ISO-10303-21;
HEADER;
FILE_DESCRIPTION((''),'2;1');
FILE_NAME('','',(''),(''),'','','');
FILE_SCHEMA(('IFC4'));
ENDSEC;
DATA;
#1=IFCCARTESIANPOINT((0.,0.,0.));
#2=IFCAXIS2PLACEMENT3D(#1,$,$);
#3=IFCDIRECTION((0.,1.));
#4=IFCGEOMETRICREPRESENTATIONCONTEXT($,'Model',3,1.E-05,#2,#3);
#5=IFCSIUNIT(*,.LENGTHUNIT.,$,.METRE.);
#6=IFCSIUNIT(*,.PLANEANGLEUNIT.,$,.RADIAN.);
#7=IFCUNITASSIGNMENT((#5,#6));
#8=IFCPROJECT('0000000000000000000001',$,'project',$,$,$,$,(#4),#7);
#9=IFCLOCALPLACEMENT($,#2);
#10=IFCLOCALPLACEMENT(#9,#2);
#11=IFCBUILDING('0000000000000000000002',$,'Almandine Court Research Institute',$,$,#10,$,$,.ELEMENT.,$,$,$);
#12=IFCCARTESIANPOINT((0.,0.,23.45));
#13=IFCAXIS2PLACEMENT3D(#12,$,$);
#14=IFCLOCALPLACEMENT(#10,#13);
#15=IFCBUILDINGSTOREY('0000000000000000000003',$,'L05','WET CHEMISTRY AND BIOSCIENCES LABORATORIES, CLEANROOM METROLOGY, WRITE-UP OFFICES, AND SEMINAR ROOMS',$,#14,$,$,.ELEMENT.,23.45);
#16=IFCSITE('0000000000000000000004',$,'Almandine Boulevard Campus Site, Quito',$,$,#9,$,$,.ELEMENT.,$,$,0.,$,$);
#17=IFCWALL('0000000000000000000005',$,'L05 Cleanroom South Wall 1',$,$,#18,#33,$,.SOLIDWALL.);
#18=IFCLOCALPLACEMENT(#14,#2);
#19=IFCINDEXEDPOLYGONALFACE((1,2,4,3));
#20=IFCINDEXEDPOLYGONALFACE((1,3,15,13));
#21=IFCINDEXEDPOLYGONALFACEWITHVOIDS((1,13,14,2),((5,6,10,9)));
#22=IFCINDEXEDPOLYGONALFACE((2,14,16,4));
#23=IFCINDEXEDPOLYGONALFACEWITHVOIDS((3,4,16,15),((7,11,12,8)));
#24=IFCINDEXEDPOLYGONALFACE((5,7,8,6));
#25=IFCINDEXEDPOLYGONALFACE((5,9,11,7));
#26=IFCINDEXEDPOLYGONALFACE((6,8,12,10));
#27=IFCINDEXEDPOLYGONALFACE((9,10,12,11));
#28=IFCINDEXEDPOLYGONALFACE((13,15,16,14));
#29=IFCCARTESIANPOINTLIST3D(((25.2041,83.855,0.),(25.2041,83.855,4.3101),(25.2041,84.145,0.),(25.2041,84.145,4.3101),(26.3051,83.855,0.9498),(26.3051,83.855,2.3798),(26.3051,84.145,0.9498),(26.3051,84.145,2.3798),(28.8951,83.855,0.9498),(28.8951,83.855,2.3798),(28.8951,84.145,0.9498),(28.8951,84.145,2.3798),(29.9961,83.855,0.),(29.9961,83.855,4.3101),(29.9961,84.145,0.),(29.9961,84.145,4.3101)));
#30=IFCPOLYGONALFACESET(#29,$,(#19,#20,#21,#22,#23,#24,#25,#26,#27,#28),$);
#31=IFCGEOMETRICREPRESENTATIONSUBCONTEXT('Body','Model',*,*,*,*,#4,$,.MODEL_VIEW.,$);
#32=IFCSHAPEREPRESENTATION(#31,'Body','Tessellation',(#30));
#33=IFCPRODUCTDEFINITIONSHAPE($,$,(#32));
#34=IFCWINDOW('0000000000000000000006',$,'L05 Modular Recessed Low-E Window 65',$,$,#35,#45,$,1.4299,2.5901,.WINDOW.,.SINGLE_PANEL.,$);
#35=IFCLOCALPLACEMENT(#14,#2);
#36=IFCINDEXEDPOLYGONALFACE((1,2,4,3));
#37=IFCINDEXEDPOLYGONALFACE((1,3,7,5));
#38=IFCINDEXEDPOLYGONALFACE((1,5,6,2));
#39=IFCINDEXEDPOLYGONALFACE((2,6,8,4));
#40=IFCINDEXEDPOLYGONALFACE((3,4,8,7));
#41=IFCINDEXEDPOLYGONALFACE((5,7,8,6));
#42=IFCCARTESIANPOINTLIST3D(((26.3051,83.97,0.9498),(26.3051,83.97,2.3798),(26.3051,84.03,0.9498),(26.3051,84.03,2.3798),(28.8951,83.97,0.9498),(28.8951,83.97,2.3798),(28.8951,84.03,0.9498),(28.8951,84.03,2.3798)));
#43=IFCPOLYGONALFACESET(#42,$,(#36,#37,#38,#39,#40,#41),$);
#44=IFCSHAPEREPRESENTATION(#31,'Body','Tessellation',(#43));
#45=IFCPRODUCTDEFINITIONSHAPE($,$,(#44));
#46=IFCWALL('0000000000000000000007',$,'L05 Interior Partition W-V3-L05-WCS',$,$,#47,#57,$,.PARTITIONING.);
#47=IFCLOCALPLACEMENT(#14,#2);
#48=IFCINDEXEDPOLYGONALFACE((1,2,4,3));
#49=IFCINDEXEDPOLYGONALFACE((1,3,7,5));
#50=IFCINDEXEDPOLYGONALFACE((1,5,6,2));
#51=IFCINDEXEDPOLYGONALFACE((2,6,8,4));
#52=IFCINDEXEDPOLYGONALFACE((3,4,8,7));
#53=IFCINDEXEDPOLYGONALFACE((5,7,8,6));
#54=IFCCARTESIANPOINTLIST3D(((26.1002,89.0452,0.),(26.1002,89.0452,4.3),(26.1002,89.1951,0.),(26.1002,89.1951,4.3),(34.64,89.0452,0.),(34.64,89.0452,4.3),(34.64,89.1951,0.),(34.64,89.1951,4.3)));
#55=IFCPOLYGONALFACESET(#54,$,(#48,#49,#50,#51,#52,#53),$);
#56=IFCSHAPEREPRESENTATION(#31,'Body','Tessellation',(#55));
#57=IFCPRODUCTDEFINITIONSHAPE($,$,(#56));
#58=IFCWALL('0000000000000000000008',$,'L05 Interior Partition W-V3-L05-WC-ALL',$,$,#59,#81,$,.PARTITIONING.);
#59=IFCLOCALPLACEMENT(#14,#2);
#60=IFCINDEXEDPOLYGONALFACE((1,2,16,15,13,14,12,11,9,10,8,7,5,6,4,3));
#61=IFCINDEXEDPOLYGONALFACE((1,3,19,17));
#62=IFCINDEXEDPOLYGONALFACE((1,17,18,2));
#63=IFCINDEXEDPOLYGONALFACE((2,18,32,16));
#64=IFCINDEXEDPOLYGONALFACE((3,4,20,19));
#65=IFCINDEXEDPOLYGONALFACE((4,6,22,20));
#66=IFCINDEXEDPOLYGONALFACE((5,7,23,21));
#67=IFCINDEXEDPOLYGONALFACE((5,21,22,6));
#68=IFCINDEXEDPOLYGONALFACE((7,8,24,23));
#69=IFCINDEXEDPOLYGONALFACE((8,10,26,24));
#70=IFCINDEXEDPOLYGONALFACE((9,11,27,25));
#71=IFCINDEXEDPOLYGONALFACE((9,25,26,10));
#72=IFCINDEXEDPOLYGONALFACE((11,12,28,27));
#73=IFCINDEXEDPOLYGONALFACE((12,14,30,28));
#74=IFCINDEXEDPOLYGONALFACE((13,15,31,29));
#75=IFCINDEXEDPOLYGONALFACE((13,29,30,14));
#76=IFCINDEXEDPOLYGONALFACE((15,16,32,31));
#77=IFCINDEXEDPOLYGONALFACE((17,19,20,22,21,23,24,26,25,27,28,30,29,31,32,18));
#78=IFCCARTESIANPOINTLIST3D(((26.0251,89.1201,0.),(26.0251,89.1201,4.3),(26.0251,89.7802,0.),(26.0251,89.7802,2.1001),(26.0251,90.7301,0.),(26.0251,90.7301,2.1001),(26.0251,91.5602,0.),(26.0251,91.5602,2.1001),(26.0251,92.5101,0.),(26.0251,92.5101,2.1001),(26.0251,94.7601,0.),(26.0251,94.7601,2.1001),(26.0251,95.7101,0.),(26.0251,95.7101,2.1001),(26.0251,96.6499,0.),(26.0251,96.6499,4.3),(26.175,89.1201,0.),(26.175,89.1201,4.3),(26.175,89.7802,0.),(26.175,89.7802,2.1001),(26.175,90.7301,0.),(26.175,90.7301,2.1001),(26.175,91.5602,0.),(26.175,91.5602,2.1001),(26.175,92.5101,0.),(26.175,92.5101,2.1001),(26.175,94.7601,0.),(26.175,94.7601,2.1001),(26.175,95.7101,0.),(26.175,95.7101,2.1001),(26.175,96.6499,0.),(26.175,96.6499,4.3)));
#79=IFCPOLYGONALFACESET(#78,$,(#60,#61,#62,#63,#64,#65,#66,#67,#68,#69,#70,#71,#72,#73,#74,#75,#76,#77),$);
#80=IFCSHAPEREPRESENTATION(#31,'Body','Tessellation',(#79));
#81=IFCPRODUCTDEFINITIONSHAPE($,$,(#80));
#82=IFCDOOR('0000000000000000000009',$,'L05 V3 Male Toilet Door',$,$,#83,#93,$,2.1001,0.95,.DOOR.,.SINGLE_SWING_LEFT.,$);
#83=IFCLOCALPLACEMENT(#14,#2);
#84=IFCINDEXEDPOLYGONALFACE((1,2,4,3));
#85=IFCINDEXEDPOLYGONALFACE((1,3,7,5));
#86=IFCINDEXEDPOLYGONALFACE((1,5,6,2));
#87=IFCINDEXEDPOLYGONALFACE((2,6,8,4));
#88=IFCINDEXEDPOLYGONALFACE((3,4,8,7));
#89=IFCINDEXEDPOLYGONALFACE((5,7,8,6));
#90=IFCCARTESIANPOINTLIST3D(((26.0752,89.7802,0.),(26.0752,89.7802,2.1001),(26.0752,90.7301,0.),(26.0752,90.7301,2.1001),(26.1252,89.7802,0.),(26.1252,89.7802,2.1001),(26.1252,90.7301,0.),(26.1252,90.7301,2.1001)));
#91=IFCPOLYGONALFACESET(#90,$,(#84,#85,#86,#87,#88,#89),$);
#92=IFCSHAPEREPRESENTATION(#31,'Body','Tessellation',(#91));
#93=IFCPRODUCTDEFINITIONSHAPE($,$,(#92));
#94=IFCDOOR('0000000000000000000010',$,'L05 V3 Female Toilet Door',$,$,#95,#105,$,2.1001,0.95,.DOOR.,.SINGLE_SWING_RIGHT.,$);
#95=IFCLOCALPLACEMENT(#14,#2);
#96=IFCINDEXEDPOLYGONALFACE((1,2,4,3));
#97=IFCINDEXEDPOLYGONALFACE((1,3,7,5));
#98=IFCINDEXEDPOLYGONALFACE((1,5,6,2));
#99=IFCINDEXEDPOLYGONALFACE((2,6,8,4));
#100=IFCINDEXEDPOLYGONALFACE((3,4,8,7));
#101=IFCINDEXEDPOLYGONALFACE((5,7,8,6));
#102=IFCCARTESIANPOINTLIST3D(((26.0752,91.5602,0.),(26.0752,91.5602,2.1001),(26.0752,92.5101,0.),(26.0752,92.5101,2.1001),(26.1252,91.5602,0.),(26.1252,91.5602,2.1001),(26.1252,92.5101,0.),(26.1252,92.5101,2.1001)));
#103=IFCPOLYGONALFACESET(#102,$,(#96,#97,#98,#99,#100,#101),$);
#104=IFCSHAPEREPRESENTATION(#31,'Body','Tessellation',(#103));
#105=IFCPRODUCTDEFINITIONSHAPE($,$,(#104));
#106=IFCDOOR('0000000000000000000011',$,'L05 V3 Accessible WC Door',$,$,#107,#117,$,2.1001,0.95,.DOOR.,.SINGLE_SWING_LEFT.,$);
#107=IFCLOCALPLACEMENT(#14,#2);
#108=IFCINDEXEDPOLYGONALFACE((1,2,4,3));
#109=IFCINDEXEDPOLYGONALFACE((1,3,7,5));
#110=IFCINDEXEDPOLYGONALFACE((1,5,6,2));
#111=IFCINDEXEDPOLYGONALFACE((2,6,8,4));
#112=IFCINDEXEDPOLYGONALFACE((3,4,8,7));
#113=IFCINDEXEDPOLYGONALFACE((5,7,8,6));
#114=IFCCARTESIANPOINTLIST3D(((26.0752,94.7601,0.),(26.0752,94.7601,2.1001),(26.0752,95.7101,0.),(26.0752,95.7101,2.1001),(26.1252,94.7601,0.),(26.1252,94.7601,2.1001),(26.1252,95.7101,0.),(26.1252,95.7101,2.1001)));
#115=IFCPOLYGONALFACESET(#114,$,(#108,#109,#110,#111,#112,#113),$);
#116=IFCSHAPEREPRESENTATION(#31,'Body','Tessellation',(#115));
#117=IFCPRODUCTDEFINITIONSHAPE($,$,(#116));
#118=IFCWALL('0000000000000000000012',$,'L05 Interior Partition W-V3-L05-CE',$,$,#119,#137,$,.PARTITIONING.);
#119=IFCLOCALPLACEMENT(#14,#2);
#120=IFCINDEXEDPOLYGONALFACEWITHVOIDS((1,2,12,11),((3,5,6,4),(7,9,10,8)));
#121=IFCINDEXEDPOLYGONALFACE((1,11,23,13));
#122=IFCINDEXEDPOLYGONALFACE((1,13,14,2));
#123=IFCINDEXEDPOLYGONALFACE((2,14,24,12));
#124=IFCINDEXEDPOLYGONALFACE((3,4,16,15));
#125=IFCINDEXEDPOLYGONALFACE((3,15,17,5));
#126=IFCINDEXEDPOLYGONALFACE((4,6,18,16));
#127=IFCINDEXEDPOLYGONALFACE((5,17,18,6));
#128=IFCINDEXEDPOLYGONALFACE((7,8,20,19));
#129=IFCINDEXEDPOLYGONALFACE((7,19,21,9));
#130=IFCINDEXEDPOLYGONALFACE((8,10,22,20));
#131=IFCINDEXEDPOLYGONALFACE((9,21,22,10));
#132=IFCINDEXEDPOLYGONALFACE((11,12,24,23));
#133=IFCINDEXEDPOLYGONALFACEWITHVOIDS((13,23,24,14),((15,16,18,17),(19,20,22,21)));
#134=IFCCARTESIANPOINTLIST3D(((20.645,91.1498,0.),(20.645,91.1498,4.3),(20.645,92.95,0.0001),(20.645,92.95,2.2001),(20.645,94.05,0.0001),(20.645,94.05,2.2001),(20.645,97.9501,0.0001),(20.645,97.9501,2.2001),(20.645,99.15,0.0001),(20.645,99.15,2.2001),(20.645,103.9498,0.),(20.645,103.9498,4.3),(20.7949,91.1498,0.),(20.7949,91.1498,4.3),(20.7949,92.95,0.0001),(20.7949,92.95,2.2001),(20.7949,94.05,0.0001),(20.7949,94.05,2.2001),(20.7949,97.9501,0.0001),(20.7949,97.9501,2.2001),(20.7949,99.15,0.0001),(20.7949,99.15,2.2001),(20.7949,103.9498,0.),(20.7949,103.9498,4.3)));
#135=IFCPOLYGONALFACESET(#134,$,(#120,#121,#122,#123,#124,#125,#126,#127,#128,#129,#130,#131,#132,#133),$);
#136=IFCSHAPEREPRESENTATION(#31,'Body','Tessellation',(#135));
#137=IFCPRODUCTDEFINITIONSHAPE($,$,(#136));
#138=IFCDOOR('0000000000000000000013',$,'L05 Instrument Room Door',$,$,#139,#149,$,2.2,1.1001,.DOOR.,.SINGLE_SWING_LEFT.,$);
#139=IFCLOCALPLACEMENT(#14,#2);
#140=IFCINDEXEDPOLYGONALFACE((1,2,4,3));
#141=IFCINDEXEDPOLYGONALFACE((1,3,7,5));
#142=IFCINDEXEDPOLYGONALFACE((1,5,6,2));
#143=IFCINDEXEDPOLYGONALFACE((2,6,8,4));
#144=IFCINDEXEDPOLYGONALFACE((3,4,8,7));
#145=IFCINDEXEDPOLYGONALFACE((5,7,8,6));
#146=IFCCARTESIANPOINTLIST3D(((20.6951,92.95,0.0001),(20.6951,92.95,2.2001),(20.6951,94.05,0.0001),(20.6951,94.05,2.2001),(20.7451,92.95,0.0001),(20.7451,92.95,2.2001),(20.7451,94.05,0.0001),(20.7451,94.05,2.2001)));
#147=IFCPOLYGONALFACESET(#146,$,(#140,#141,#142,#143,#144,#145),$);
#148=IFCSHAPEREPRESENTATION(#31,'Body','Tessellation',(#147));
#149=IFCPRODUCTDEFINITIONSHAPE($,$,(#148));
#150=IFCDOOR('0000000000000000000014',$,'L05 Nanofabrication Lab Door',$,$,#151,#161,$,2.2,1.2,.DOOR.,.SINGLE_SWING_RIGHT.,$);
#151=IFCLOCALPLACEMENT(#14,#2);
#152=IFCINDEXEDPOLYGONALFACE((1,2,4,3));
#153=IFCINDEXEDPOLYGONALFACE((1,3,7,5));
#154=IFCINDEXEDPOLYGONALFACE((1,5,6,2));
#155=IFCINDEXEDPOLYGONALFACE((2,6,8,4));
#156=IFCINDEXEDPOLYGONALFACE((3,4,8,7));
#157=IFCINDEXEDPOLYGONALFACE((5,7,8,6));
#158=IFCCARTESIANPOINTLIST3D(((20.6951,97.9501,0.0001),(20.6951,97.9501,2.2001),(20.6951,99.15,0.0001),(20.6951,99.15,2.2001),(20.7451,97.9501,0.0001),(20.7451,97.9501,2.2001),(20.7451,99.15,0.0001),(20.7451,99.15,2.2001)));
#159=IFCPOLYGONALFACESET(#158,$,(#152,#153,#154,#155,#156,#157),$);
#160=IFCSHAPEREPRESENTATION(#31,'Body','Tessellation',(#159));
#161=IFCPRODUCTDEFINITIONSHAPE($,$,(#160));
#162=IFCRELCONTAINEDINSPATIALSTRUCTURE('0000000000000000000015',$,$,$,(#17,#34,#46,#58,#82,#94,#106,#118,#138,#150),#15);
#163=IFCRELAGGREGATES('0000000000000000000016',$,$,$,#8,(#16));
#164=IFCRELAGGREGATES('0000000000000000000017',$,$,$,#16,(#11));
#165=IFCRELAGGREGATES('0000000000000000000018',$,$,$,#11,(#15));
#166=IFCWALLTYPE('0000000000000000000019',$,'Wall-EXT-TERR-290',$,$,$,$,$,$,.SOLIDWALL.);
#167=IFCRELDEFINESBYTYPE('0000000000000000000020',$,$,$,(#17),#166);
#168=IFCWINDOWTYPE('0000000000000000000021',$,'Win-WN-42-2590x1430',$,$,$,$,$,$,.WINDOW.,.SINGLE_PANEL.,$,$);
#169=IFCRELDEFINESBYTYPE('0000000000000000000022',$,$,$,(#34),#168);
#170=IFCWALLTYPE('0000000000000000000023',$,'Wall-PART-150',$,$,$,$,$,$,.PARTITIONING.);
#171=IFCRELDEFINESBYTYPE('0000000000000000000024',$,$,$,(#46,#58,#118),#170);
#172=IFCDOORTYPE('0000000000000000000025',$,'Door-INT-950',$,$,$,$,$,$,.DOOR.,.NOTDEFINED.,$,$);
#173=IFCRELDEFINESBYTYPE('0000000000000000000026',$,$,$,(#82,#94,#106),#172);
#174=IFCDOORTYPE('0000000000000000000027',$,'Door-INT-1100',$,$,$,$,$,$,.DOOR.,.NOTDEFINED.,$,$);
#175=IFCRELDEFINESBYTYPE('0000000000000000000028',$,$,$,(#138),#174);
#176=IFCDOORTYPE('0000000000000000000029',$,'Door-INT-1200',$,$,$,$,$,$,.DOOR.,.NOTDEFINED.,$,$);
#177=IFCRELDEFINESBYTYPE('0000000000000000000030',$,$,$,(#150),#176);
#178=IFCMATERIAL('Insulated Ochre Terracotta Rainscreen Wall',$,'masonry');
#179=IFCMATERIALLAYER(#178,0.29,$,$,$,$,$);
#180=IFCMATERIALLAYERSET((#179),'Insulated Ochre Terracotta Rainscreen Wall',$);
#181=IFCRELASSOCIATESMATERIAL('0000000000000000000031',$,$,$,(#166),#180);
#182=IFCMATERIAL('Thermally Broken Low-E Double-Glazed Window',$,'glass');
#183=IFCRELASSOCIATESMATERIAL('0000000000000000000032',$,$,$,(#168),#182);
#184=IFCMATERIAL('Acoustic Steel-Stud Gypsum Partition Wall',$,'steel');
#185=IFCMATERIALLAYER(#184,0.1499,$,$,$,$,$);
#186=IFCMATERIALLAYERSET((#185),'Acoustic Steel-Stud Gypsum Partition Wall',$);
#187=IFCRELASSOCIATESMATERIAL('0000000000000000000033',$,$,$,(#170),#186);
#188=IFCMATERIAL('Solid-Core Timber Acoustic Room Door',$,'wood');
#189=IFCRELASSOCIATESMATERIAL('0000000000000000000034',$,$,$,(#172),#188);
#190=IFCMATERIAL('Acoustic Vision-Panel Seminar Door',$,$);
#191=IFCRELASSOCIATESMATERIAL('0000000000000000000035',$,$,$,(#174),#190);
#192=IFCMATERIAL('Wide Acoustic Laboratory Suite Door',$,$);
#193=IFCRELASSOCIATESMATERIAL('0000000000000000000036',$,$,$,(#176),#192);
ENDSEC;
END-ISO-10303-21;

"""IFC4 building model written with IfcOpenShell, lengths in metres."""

from ifc_helpers import new_model, si_unit, direction, frame, frame_2d, origin, place, context, subcontext, project, spatial, rectangle, extrude, material, layer, layer_set, type_object, element, fill, save


model = new_model("IFC4")

# Units and contexts
model_context = context("Model", 3, precision=1e-05, world=origin(), true_north=direction((0.0, 1.0)))
body_context = subcontext(model_context, "Body", "Model", "MODEL_VIEW")
ifc_project = project(units=[si_unit("LENGTHUNIT", "METRE"), si_unit("PLANEANGLEUNIT", "RADIAN")], contexts=[model_context])

# Site, building, storey
site_placement = place(None, origin())
site = spatial("IfcSite", under=ifc_project, at=site_placement, Name="Almandine Boulevard Campus Site, Quito", CompositionType="ELEMENT", RefElevation=0.0)
building_placement = place(site_placement, origin())
building = spatial("IfcBuilding", under=site, at=building_placement, Name="Almandine Court Research Institute", CompositionType="ELEMENT")
storey_placement = place(building_placement, frame((0.0, 0.0, 23.45)))
storey = spatial("IfcBuildingStorey", under=building, at=storey_placement, Name="L05", Description="WET CHEMISTRY AND BIOSCIENCES LABORATORIES, CLEANROOM METROLOGY, WRITE-UP OFFICES, AND SEMINAR ROOMS", CompositionType="ELEMENT", Elevation=23.45)

# Wall, opening, window
ifc_material_1 = material(Name="Insulated Ochre Terracotta Rainscreen Wall", Category="masonry")
ifc_layer_1 = layer(ifc_material_1, 0.29)
ifc_layer_set_1 = layer_set([ifc_layer_1], Name="Insulated Ochre Terracotta Rainscreen Wall")
wall_type_1 = type_object("IfcWallType", Name="Wall-EXT-TERR-290", PredefinedType="SOLIDWALL", material=ifc_layer_set_1)
wall_1_placement = place(storey_placement, frame((29.9961, 84.0, 0.0), z_axis=(0.0, 0.0, 1.0), x_axis=(-1.0, 0.0, 0.0)))
wall_1 = element("IfcWall", 1, at=wall_1_placement, inside=storey, type_object=wall_type_1, Name="L05 Cleanroom South Wall 1", PredefinedType="SOLIDWALL", context=body_context, shape_type="SweptSolid", body=[
    extrude(rectangle(XDim=4.792, YDim=0.29, at=frame_2d((2.396, 0.0))), origin(), (0.0, 0.0, 1.0), 4.3101),
])
opening_1_placement = place(wall_1_placement, frame((1.1011, 0.0, 0.95)))
opening_1 = element("IfcOpeningElement", 2, at=opening_1_placement, cuts=wall_1, PredefinedType="OPENING", context=body_context, shape_type="SweptSolid", body=[
    extrude(rectangle(XDim=2.5901, YDim=1.4299, at=frame_2d((1.2949, 0.7148))), frame((0.0, 0.155, 0.0), z_axis=(0.0, -1.0, 0.0), x_axis=(1.0, 0.0, 0.0)), (0.0, 0.0, 1.0), 0.3101),
])
ifc_material_2 = material(Name="Thermally Broken Low-E Double-Glazed Window", Category="glass")
window_type = type_object("IfcWindowType", Name="Win-WN-42-2590x1430", PartitioningType="SINGLE_PANEL", PredefinedType="WINDOW", material=ifc_material_2)
window_placement = place(opening_1_placement, origin())
window = element("IfcWindow", 3, at=window_placement, inside=storey, type_object=window_type, Name="L05 Modular Recessed Low-E Window 65", OverallHeight=1.4299, OverallWidth=2.5901, PartitioningType="SINGLE_PANEL", PredefinedType="WINDOW", context=body_context, shape_type="SweptSolid", body=[
    extrude(rectangle(XDim=2.5901, YDim=1.4299, at=frame_2d((1.2949, 0.7148))), frame((0.0, 0.03, 0.0), z_axis=(0.0, -1.0, 0.0), x_axis=(1.0, 0.0, 0.0)), (0.0, 0.0, 1.0), 0.0601),
])
fill(opening_1, window)

# Wall
ifc_material_3 = material(Name="Acoustic Steel-Stud Gypsum Partition Wall", Category="steel")
ifc_layer_2 = layer(ifc_material_3, 0.1499)
ifc_layer_set_2 = layer_set([ifc_layer_2], Name="Acoustic Steel-Stud Gypsum Partition Wall")
wall_type_2 = type_object("IfcWallType", Name="Wall-PART-150", PredefinedType="PARTITIONING", material=ifc_layer_set_2)
wall_2_placement = place(storey_placement, frame((26.1001, 89.1201, 0.0), z_axis=(0.0, 0.0, 1.0), x_axis=(1.0, 0.0, 0.0)))
element("IfcWall", 4, at=wall_2_placement, inside=storey, type_object=wall_type_2, Name="L05 Interior Partition W-V3-L05-WCS", PredefinedType="PARTITIONING", context=body_context, shape_type="SweptSolid", body=[
    extrude(rectangle(XDim=8.5398, YDim=0.1499, at=frame_2d((4.27, 0.0))), origin(), (0.0, 0.0, 1.0), 4.3),
])

# Walls, openings, doors
wall_3_placement = place(storey_placement, frame((26.1001, 89.1201, 0.0), z_axis=(0.0, 0.0, 1.0), x_axis=(0.0, 1.0, 0.0)))
wall_3 = element("IfcWall", 5, at=wall_3_placement, inside=storey, type_object=wall_type_2, Name="L05 Interior Partition W-V3-L05-WC-ALL", PredefinedType="PARTITIONING", context=body_context, shape_type="SweptSolid", body=[
    extrude(rectangle(XDim=7.5298, YDim=0.1499, at=frame_2d((3.7649, 0.0))), origin(), (0.0, 0.0, 1.0), 4.3),
])
opening_2_placement = place(wall_3_placement, frame((0.6599, 0.0, 0.0)))
opening_2 = element("IfcOpeningElement", 6, at=opening_2_placement, cuts=wall_3, PredefinedType="OPENING", context=body_context, shape_type="SweptSolid", body=[
    extrude(rectangle(XDim=0.95, YDim=2.1001, at=frame_2d((0.4751, 1.05))), frame((0.0, 0.085, 0.0), z_axis=(0.0, -1.0, 0.0), x_axis=(1.0, 0.0, 0.0)), (0.0, 0.0, 1.0), 0.1699),
])
opening_3_placement = place(wall_3_placement, frame((2.4399, 0.0, 0.0)))
opening_3 = element("IfcOpeningElement", 7, at=opening_3_placement, cuts=wall_3, PredefinedType="OPENING", context=body_context, shape_type="SweptSolid", body=[
    extrude(rectangle(XDim=0.95, YDim=2.1001, at=frame_2d((0.4751, 1.05))), frame((0.0, 0.085, 0.0), z_axis=(0.0, -1.0, 0.0), x_axis=(1.0, 0.0, 0.0)), (0.0, 0.0, 1.0), 0.1699),
])
opening_4_placement = place(wall_3_placement, frame((5.6399, 0.0, 0.0)))
opening_4 = element("IfcOpeningElement", 8, at=opening_4_placement, cuts=wall_3, PredefinedType="OPENING", context=body_context, shape_type="SweptSolid", body=[
    extrude(rectangle(XDim=0.95, YDim=2.1001, at=frame_2d((0.4751, 1.05))), frame((0.0, 0.085, 0.0), z_axis=(0.0, -1.0, 0.0), x_axis=(1.0, 0.0, 0.0)), (0.0, 0.0, 1.0), 0.1699),
])
ifc_material_4 = material(Name="Solid-Core Timber Acoustic Room Door", Category="wood")
door_type_1 = type_object("IfcDoorType", Name="Door-INT-950", OperationType="NOTDEFINED", PredefinedType="DOOR", material=ifc_material_4)
door_1_placement = place(opening_2_placement, origin())
door_1 = element("IfcDoor", 9, at=door_1_placement, inside=storey, type_object=door_type_1, Name="L05 V3 Male Toilet Door", OperationType="SINGLE_SWING_LEFT", OverallHeight=2.1001, OverallWidth=0.95, PredefinedType="DOOR", context=body_context, shape_type="SweptSolid", body=[
    extrude(rectangle(XDim=0.95, YDim=2.1001, at=frame_2d((0.4751, 1.05))), frame((0.0, 0.0249, 0.0), z_axis=(0.0, -1.0, 0.0), x_axis=(1.0, 0.0, 0.0)), (0.0, 0.0, 1.0), 0.05),
])
fill(opening_2, door_1)
door_2_placement = place(opening_3_placement, origin())
door_2 = element("IfcDoor", 10, at=door_2_placement, inside=storey, type_object=door_type_1, Name="L05 V3 Female Toilet Door", OperationType="SINGLE_SWING_RIGHT", OverallHeight=2.1001, OverallWidth=0.95, PredefinedType="DOOR", context=body_context, shape_type="SweptSolid", body=[
    extrude(rectangle(XDim=0.95, YDim=2.1001, at=frame_2d((0.4751, 1.05))), frame((0.0, 0.0249, 0.0), z_axis=(0.0, -1.0, 0.0), x_axis=(1.0, 0.0, 0.0)), (0.0, 0.0, 1.0), 0.05),
])
fill(opening_3, door_2)
door_3_placement = place(opening_4_placement, origin())
door_3 = element("IfcDoor", 11, at=door_3_placement, inside=storey, type_object=door_type_1, Name="L05 V3 Accessible WC Door", OperationType="SINGLE_SWING_LEFT", OverallHeight=2.1001, OverallWidth=0.95, PredefinedType="DOOR", context=body_context, shape_type="SweptSolid", body=[
    extrude(rectangle(XDim=0.95, YDim=2.1001, at=frame_2d((0.4751, 1.05))), frame((0.0, 0.0249, 0.0), z_axis=(0.0, -1.0, 0.0), x_axis=(1.0, 0.0, 0.0)), (0.0, 0.0, 1.0), 0.05),
])
fill(opening_4, door_3)
wall_4_placement = place(storey_placement, frame((20.72, 91.1499, 0.0), z_axis=(0.0, 0.0, 1.0), x_axis=(0.0, 1.0, 0.0)))
wall_4 = element("IfcWall", 12, at=wall_4_placement, inside=storey, type_object=wall_type_2, Name="L05 Interior Partition W-V3-L05-CE", PredefinedType="PARTITIONING", context=body_context, shape_type="SweptSolid", body=[
    extrude(rectangle(XDim=12.8, YDim=0.1499, at=frame_2d((6.3999, 0.0))), origin(), (0.0, 0.0, 1.0), 4.3),
])
opening_5_placement = place(wall_4_placement, frame((1.8, 0.0, 0.0)))
opening_5 = element("IfcOpeningElement", 13, at=opening_5_placement, cuts=wall_4, PredefinedType="OPENING", context=body_context, shape_type="SweptSolid", body=[
    extrude(rectangle(XDim=1.1001, YDim=2.2, at=frame_2d((0.55, 1.1001))), frame((0.0, 0.085, 0.0), z_axis=(0.0, -1.0, 0.0), x_axis=(1.0, 0.0, 0.0)), (0.0, 0.0, 1.0), 0.1699),
])
opening_6_placement = place(wall_4_placement, frame((6.8, 0.0, 0.0)))
opening_6 = element("IfcOpeningElement", 14, at=opening_6_placement, cuts=wall_4, PredefinedType="OPENING", context=body_context, shape_type="SweptSolid", body=[
    extrude(rectangle(XDim=1.2, YDim=2.2, at=frame_2d((0.6001, 1.1001))), frame((0.0, 0.085, 0.0), z_axis=(0.0, -1.0, 0.0), x_axis=(1.0, 0.0, 0.0)), (0.0, 0.0, 1.0), 0.1699),
])
ifc_material_5 = material(Name="Acoustic Vision-Panel Seminar Door")
door_type_2 = type_object("IfcDoorType", Name="Door-INT-1100", OperationType="NOTDEFINED", PredefinedType="DOOR", material=ifc_material_5)
door_4_placement = place(opening_5_placement, origin())
door_4 = element("IfcDoor", 15, at=door_4_placement, inside=storey, type_object=door_type_2, Name="L05 Instrument Room Door", OperationType="SINGLE_SWING_LEFT", OverallHeight=2.2, OverallWidth=1.1001, PredefinedType="DOOR", context=body_context, shape_type="SweptSolid", body=[
    extrude(rectangle(XDim=1.1001, YDim=2.2, at=frame_2d((0.55, 1.1001))), frame((0.0, 0.0249, 0.0), z_axis=(0.0, -1.0, 0.0), x_axis=(1.0, 0.0, 0.0)), (0.0, 0.0, 1.0), 0.05),
])
fill(opening_5, door_4)
ifc_material_6 = material(Name="Wide Acoustic Laboratory Suite Door")
door_type_3 = type_object("IfcDoorType", Name="Door-INT-1200", OperationType="NOTDEFINED", PredefinedType="DOOR", material=ifc_material_6)
door_5_placement = place(opening_6_placement, origin())
door_5 = element("IfcDoor", 16, at=door_5_placement, inside=storey, type_object=door_type_3, Name="L05 Nanofabrication Lab Door", OperationType="SINGLE_SWING_RIGHT", OverallHeight=2.2, OverallWidth=1.2, PredefinedType="DOOR", context=body_context, shape_type="SweptSolid", body=[
    extrude(rectangle(XDim=1.2, YDim=2.2, at=frame_2d((0.6001, 1.1001))), frame((0.0, 0.0249, 0.0), z_axis=(0.0, -1.0, 0.0), x_axis=(1.0, 0.0, 0.0)), (0.0, 0.0, 1.0), 0.05),
])
fill(opening_6, door_5)

save(model, "model.ifc")
